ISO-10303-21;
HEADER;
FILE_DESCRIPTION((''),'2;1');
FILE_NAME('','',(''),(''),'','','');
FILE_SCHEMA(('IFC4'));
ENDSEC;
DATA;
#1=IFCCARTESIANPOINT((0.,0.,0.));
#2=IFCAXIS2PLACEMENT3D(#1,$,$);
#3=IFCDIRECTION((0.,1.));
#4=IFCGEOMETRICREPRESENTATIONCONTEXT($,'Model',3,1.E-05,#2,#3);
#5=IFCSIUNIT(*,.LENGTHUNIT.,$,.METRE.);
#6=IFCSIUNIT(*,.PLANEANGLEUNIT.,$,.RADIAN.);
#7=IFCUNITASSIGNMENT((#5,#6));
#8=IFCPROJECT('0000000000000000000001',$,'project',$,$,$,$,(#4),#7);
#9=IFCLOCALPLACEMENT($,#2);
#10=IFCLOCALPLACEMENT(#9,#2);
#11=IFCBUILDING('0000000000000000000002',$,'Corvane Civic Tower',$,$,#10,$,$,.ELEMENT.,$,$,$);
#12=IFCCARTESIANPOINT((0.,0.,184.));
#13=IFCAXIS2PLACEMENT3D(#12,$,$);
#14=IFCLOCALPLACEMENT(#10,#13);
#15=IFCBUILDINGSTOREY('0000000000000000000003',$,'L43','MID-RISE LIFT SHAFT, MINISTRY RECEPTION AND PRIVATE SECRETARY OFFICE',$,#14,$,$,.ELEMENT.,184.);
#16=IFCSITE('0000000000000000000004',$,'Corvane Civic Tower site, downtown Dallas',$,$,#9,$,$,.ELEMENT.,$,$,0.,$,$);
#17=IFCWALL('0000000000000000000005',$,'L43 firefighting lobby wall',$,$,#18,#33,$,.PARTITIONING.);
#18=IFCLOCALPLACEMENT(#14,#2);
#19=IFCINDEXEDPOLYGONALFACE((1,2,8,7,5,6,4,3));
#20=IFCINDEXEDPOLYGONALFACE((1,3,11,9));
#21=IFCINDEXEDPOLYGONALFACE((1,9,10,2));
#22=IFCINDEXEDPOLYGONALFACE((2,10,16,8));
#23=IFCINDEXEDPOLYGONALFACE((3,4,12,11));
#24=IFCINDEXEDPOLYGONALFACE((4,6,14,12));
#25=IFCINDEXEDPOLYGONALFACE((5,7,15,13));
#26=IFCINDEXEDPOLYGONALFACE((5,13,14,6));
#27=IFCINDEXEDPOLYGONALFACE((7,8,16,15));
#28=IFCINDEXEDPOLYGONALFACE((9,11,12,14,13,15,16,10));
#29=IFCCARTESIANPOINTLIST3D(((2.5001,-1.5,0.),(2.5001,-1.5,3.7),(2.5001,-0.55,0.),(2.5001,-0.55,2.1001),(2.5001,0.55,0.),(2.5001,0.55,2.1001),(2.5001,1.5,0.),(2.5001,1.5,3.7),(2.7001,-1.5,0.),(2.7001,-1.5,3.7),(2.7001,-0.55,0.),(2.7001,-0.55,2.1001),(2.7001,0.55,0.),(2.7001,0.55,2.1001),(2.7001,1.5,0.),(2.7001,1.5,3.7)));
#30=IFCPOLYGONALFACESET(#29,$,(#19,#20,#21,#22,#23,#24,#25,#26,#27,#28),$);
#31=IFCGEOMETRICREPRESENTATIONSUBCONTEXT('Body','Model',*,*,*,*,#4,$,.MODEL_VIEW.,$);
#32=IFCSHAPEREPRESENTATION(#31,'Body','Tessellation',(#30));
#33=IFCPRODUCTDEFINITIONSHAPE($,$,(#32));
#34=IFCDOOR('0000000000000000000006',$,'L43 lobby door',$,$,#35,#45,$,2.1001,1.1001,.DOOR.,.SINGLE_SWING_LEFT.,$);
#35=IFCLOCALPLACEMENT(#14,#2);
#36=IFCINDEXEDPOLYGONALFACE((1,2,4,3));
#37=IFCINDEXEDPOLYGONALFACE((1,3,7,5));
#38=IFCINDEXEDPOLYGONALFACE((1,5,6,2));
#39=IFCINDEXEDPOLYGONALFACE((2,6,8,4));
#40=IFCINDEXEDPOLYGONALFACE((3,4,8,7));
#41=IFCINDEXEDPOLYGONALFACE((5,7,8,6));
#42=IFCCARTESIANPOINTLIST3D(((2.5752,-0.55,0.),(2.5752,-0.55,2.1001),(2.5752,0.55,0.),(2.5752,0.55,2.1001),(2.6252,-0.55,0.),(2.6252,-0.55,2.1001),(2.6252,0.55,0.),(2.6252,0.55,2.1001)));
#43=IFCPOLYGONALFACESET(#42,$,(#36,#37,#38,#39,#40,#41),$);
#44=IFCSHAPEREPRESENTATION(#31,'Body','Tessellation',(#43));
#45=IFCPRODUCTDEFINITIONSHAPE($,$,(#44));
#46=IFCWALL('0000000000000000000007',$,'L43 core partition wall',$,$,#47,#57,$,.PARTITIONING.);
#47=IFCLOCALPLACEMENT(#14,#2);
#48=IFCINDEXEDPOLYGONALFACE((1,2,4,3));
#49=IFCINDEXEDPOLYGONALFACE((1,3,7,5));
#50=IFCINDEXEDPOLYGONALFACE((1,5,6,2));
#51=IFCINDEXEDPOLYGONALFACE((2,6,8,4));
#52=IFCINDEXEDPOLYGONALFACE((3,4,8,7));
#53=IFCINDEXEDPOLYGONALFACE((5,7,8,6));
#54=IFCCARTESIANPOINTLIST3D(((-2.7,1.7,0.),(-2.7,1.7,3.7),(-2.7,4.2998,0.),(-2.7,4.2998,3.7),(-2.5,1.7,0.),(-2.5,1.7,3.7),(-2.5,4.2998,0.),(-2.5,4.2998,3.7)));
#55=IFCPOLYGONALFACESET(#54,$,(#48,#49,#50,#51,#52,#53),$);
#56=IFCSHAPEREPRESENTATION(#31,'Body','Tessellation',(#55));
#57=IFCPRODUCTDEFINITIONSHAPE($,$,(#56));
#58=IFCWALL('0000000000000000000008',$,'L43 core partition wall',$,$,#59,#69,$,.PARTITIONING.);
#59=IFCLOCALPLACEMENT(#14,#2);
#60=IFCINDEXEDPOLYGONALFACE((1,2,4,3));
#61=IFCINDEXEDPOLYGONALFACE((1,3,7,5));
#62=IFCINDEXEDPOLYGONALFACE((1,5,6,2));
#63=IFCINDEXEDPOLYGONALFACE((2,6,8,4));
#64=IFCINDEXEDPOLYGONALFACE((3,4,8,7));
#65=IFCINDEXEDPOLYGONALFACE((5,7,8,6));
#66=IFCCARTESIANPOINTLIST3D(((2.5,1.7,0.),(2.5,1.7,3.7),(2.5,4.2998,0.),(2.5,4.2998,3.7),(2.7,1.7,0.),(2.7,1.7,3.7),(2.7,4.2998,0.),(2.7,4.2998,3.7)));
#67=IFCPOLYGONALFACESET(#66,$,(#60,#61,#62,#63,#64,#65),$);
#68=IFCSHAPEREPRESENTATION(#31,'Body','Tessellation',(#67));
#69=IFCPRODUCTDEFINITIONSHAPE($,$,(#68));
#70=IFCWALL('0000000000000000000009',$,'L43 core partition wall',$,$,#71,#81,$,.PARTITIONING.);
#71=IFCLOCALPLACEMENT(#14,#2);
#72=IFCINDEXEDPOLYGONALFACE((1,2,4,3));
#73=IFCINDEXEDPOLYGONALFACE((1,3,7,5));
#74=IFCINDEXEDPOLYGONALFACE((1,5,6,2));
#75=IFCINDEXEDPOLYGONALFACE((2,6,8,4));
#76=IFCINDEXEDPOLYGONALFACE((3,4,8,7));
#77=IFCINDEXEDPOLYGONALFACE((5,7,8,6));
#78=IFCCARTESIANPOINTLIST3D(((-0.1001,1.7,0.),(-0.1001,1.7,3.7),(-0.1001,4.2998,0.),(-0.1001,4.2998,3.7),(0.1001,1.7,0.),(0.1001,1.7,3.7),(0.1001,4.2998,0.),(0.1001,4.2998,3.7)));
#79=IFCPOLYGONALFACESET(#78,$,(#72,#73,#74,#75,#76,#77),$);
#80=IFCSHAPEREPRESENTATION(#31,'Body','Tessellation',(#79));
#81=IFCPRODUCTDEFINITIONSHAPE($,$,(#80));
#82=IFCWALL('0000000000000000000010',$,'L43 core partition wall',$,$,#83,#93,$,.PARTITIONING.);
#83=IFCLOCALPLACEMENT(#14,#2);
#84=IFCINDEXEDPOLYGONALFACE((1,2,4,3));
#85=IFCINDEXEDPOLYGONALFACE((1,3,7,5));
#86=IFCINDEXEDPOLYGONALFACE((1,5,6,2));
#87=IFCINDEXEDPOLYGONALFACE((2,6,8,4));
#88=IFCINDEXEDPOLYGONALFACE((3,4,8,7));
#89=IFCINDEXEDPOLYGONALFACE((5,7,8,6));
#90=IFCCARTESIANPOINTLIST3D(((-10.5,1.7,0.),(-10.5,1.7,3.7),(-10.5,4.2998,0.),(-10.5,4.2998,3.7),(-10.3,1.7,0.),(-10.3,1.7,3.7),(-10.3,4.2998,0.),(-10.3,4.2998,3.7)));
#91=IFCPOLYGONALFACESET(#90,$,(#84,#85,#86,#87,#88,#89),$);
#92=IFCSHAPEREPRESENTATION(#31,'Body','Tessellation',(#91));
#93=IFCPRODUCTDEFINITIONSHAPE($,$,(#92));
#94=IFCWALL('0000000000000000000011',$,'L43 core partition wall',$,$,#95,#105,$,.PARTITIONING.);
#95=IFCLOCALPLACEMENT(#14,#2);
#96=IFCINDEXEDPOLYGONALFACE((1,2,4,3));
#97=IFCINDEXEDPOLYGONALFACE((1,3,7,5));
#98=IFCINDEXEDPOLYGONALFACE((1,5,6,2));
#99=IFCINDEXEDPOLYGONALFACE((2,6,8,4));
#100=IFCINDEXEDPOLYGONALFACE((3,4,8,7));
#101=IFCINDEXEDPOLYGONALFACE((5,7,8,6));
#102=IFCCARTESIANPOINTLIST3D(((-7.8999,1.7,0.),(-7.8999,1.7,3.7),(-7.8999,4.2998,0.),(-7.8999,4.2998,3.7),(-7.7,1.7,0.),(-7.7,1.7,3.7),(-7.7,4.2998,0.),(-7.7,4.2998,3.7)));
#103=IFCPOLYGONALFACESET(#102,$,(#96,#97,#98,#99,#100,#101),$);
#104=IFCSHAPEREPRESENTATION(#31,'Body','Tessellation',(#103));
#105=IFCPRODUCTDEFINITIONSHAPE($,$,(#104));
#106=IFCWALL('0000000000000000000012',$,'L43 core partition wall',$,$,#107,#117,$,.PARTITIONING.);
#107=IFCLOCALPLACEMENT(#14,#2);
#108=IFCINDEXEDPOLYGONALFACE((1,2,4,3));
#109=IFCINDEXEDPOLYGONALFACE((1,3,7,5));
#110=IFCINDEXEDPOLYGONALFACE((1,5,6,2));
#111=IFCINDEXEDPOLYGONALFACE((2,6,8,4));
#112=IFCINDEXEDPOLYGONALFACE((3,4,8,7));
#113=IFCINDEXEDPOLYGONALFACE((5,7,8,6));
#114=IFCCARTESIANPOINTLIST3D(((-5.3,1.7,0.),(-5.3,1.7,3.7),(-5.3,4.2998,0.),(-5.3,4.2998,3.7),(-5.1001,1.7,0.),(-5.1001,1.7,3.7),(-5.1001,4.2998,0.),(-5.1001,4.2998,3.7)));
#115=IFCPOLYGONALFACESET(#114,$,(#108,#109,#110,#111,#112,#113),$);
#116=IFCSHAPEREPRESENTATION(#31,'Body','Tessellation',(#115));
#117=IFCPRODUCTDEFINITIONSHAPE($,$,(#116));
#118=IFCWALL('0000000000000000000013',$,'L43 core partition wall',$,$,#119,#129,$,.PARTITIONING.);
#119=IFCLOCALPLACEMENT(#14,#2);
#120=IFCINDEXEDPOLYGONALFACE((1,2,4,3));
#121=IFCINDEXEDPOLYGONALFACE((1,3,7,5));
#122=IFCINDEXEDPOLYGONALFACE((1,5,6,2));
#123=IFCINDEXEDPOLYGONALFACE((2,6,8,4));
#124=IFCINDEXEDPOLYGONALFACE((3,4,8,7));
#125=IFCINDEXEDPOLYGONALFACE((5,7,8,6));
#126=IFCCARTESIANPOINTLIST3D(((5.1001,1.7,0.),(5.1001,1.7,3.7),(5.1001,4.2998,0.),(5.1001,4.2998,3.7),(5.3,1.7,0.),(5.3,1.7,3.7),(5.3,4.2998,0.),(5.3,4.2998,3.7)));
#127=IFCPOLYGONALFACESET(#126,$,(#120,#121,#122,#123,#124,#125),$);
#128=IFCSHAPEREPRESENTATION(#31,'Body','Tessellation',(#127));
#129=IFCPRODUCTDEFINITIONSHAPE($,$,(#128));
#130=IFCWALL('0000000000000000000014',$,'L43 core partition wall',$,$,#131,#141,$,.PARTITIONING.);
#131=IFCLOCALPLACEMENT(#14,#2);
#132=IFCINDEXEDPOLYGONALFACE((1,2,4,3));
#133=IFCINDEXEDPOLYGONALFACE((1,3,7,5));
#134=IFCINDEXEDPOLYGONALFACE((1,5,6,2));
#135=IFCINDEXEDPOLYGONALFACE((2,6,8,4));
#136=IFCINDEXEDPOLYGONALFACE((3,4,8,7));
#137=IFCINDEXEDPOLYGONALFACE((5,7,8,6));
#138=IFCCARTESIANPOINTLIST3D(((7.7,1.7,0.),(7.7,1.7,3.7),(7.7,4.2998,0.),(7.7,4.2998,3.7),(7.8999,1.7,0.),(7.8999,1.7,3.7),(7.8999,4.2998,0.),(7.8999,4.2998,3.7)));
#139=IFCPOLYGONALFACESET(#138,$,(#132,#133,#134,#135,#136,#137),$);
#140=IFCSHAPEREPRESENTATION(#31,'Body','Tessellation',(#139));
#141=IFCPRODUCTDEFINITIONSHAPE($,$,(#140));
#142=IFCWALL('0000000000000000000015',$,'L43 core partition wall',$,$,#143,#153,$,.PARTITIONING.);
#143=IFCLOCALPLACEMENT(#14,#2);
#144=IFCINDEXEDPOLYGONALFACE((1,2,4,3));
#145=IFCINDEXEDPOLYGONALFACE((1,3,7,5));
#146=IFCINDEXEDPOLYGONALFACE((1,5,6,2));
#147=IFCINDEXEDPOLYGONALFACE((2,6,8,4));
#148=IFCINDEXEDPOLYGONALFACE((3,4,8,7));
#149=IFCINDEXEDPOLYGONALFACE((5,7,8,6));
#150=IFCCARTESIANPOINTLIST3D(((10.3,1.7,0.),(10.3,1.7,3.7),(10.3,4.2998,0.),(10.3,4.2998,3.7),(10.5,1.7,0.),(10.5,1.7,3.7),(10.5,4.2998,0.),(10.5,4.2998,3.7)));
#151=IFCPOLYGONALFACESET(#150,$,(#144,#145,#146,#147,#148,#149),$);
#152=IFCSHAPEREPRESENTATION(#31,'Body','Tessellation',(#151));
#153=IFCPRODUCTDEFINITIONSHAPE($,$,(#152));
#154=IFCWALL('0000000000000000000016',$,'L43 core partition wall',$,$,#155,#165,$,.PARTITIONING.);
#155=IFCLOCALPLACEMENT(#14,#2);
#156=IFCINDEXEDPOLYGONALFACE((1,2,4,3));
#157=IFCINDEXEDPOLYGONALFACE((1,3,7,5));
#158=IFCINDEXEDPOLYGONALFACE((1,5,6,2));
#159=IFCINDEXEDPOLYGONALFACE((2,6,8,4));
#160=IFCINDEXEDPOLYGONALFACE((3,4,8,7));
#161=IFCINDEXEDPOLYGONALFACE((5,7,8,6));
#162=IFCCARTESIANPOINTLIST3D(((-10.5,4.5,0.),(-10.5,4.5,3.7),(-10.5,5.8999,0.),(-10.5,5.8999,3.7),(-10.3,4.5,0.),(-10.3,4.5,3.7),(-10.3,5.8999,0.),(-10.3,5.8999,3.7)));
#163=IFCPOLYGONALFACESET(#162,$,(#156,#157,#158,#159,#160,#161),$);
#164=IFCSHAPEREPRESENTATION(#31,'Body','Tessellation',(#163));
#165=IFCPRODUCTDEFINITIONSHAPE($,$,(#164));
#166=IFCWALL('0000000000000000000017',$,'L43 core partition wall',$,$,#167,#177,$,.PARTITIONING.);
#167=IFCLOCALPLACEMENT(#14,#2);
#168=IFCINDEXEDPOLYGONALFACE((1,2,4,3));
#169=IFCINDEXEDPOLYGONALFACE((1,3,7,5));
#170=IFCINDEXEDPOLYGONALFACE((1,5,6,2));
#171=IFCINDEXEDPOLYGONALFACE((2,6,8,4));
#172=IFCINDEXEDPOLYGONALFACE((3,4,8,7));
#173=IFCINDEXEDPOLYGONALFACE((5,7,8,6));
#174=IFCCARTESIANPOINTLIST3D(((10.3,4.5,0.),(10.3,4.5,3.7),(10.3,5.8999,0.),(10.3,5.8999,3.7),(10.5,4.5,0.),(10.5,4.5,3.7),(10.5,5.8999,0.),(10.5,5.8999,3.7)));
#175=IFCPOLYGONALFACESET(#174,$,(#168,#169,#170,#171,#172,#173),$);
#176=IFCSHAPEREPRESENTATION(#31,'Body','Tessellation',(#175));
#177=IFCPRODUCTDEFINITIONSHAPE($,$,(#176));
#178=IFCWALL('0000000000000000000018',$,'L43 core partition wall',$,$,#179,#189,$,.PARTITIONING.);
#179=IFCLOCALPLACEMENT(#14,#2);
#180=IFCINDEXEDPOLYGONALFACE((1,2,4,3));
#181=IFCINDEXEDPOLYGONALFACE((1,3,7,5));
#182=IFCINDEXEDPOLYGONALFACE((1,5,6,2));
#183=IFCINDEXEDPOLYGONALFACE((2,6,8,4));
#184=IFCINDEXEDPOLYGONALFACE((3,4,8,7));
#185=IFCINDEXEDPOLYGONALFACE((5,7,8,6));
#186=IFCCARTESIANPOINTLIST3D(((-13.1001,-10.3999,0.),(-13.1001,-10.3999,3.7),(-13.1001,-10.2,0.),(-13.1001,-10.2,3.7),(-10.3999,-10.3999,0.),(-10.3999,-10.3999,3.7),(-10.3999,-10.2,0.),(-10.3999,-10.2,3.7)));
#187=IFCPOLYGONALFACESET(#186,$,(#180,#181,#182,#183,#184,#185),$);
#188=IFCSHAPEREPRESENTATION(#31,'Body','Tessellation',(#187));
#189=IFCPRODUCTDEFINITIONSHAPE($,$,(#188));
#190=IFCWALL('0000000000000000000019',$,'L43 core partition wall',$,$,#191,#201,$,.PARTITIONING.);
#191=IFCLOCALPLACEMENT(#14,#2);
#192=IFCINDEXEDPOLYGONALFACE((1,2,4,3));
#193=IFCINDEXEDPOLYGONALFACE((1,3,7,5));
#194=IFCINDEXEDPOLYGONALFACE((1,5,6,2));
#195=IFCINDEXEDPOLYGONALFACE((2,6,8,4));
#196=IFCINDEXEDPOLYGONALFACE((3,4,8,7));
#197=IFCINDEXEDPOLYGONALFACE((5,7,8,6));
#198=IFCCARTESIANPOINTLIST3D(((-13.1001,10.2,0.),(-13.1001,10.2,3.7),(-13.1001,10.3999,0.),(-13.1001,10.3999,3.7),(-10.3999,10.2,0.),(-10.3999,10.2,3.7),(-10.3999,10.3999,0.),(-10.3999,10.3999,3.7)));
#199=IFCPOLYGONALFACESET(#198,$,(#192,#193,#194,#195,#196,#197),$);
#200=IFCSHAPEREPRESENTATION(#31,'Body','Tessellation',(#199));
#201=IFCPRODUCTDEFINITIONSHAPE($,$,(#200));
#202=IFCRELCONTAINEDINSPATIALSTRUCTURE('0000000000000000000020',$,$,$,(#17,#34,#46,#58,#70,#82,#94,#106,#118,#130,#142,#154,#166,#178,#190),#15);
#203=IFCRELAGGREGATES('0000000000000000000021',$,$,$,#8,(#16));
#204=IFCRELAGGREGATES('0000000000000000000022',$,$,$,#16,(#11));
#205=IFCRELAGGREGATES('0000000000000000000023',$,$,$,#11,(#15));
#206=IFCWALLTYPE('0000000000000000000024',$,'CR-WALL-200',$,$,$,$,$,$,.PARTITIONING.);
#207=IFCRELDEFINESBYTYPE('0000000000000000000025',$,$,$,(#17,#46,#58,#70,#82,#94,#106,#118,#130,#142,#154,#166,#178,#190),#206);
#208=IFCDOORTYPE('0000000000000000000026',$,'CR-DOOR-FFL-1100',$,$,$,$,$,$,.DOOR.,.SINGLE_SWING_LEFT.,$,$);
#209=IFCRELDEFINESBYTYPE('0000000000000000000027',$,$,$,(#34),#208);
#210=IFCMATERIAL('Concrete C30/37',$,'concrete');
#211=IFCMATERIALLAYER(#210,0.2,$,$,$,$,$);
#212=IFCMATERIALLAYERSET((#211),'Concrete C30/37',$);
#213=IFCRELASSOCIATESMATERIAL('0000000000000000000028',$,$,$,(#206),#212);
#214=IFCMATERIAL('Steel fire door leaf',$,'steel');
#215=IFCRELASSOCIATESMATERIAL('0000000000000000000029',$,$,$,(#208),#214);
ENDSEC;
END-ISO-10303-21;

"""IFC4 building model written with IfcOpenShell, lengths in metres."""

from ifc_helpers import new_model, si_unit, direction, frame, frame_2d, origin, place, context, subcontext, project, spatial, polyline, rectangle, outline, extrude, material, layer, layer_set, type_object, element, fill, save


model = new_model("IFC4")

# Units and contexts
model_context = context("Model", 3, precision=1e-05, world=origin(), true_north=direction((0.0, 1.0)))
body_context = subcontext(model_context, "Body", "Model", "MODEL_VIEW")
ifc_project = project(units=[si_unit("LENGTHUNIT", "METRE"), si_unit("PLANEANGLEUNIT", "RADIAN")], contexts=[model_context])

# Site, building, storey
site_placement = place(None, origin())
site = spatial("IfcSite", under=ifc_project, at=site_placement, Name="Corvane Civic Tower site, downtown Dallas", CompositionType="ELEMENT", RefElevation=0.0)
building_placement = place(site_placement, origin())
building = spatial("IfcBuilding", under=site, at=building_placement, Name="Corvane Civic Tower", CompositionType="ELEMENT")
storey_placement = place(building_placement, frame((0.0, 0.0, 184.0)))
storey = spatial("IfcBuildingStorey", under=building, at=storey_placement, Name="L43", Description="MID-RISE LIFT SHAFT, MINISTRY RECEPTION AND PRIVATE SECRETARY OFFICE", CompositionType="ELEMENT", Elevation=184.0)

# Wall, opening, door
ifc_material_1 = material(Name="Concrete C30/37", Category="concrete")
ifc_layer = layer(ifc_material_1, 0.2)
ifc_layer_set = layer_set([ifc_layer], Name="Concrete C30/37")
wall_type = type_object("IfcWallType", Name="CR-WALL-200", PredefinedType="PARTITIONING", material=ifc_layer_set)
wall_1_placement = place(storey_placement, frame((2.6001, -1.5, 0.0), z_axis=(0.0, 0.0, 1.0), x_axis=(0.0, 1.0, 0.0)))
wall_1 = element("IfcWall", 1, at=wall_1_placement, inside=storey, type_object=wall_type, Name="L43 firefighting lobby wall", PredefinedType="PARTITIONING", context=body_context, shape_type="SweptSolid", body=[
    extrude(rectangle(XDim=3.0, YDim=0.2, at=frame_2d((1.5, 0.0))), origin(), (0.0, 0.0, 1.0), 3.7),
])
opening_placement = place(wall_1_placement, frame((0.95, 0.0, 0.0)))
opening = element("IfcOpeningElement", 2, at=opening_placement, cuts=wall_1, PredefinedType="OPENING", context=body_context, shape_type="SweptSolid", body=[
    extrude(rectangle(XDim=1.1001, YDim=2.1001, at=frame_2d((0.55, 1.05))), frame((0.0, 0.1099, 0.0), z_axis=(0.0, -1.0, 0.0), x_axis=(1.0, 0.0, 0.0)), (0.0, 0.0, 1.0), 0.22),
])
ifc_material_2 = material(Name="Steel fire door leaf", Category="steel")
door_type = type_object("IfcDoorType", Name="CR-DOOR-FFL-1100", OperationType="SINGLE_SWING_LEFT", PredefinedType="DOOR", material=ifc_material_2)
door_placement = place(opening_placement, origin())
door = element("IfcDoor", 3, at=door_placement, inside=storey, type_object=door_type, Name="L43 lobby door", OperationType="SINGLE_SWING_LEFT", OverallHeight=2.1001, OverallWidth=1.1001, PredefinedType="DOOR", context=body_context, shape_type="SweptSolid", body=[
    extrude(rectangle(XDim=1.1001, YDim=2.1001, at=frame_2d((0.55, 1.05))), frame((0.0, 0.0249, 0.0), z_axis=(0.0, -1.0, 0.0), x_axis=(1.0, 0.0, 0.0)), (0.0, 0.0, 1.0), 0.05),
])
fill(opening, door)

# Walls
wall_2_placement = place(storey_placement, origin())
element("IfcWall", 4, at=wall_2_placement, inside=storey, type_object=wall_type, Name="L43 core partition wall", PredefinedType="PARTITIONING", context=body_context, shape_type="SweptSolid", body=[
    extrude(outline(polyline([(-2.5, 1.7), (-2.7, 1.7), (-2.7, 4.2998), (-2.5, 4.2998), (-2.5, 1.7)])), origin(), (0.0, 0.0, 1.0), 3.7),
])
wall_3_placement = place(storey_placement, origin())
element("IfcWall", 5, at=wall_3_placement, inside=storey, type_object=wall_type, Name="L43 core partition wall", PredefinedType="PARTITIONING", context=body_context, shape_type="SweptSolid", body=[
    extrude(outline(polyline([(2.7, 1.7), (2.5, 1.7), (2.5, 4.2998), (2.7, 4.2998), (2.7, 1.7)])), origin(), (0.0, 0.0, 1.0), 3.7),
])
wall_4_placement = place(storey_placement, origin())
element("IfcWall", 6, at=wall_4_placement, inside=storey, type_object=wall_type, Name="L43 core partition wall", PredefinedType="PARTITIONING", context=body_context, shape_type="SweptSolid", body=[
    extrude(outline(polyline([(0.1001, 1.7), (-0.1001, 1.7), (-0.1001, 4.2998), (0.1001, 4.2998), (0.1001, 1.7)])), origin(), (0.0, 0.0, 1.0), 3.7),
])
wall_5_placement = place(storey_placement, origin())
element("IfcWall", 7, at=wall_5_placement, inside=storey, type_object=wall_type, Name="L43 core partition wall", PredefinedType="PARTITIONING", context=body_context, shape_type="SweptSolid", body=[
    extrude(outline(polyline([(-10.3, 1.7), (-10.5, 1.7), (-10.5, 4.2998), (-10.3, 4.2998), (-10.3, 1.7)])), origin(), (0.0, 0.0, 1.0), 3.7),
])
wall_6_placement = place(storey_placement, origin())
element("IfcWall", 8, at=wall_6_placement, inside=storey, type_object=wall_type, Name="L43 core partition wall", PredefinedType="PARTITIONING", context=body_context, shape_type="SweptSolid", body=[
    extrude(outline(polyline([(-7.7, 1.7), (-7.8999, 1.7), (-7.8999, 4.2998), (-7.7, 4.2998), (-7.7, 1.7)])), origin(), (0.0, 0.0, 1.0), 3.7),
])
wall_7_placement = place(storey_placement, origin())
element("IfcWall", 9, at=wall_7_placement, inside=storey, type_object=wall_type, Name="L43 core partition wall", PredefinedType="PARTITIONING", context=body_context, shape_type="SweptSolid", body=[
    extrude(outline(polyline([(-5.1001, 1.7), (-5.3, 1.7), (-5.3, 4.2998), (-5.1001, 4.2998), (-5.1001, 1.7)])), origin(), (0.0, 0.0, 1.0), 3.7),
])
wall_8_placement = place(storey_placement, origin())
element("IfcWall", 10, at=wall_8_placement, inside=storey, type_object=wall_type, Name="L43 core partition wall", PredefinedType="PARTITIONING", context=body_context, shape_type="SweptSolid", body=[
    extrude(outline(polyline([(5.3, 1.7), (5.1001, 1.7), (5.1001, 4.2998), (5.3, 4.2998), (5.3, 1.7)])), origin(), (0.0, 0.0, 1.0), 3.7),
])
wall_9_placement = place(storey_placement, origin())
element("IfcWall", 11, at=wall_9_placement, inside=storey, type_object=wall_type, Name="L43 core partition wall", PredefinedType="PARTITIONING", context=body_context, shape_type="SweptSolid", body=[
    extrude(outline(polyline([(7.8999, 1.7), (7.7, 1.7), (7.7, 4.2998), (7.8999, 4.2998), (7.8999, 1.7)])), origin(), (0.0, 0.0, 1.0), 3.7),
])
wall_10_placement = place(storey_placement, origin())
element("IfcWall", 12, at=wall_10_placement, inside=storey, type_object=wall_type, Name="L43 core partition wall", PredefinedType="PARTITIONING", context=body_context, shape_type="SweptSolid", body=[
    extrude(outline(polyline([(10.5, 1.7), (10.3, 1.7), (10.3, 4.2998), (10.5, 4.2998), (10.5, 1.7)])), origin(), (0.0, 0.0, 1.0), 3.7),
])
wall_11_placement = place(storey_placement, origin())
element("IfcWall", 13, at=wall_11_placement, inside=storey, type_object=wall_type, Name="L43 core partition wall", PredefinedType="PARTITIONING", context=body_context, shape_type="SweptSolid", body=[
    extrude(outline(polyline([(-10.3, 4.5), (-10.5, 4.5), (-10.5, 5.8999), (-10.3, 5.8999), (-10.3, 4.5)])), origin(), (0.0, 0.0, 1.0), 3.7),
])
wall_12_placement = place(storey_placement, origin())
element("IfcWall", 14, at=wall_12_placement, inside=storey, type_object=wall_type, Name="L43 core partition wall", PredefinedType="PARTITIONING", context=body_context, shape_type="SweptSolid", body=[
    extrude(outline(polyline([(10.5, 4.5), (10.3, 4.5), (10.3, 5.8999), (10.5, 5.8999), (10.5, 4.5)])), origin(), (0.0, 0.0, 1.0), 3.7),
])
wall_13_placement = place(storey_placement, origin())
element("IfcWall", 15, at=wall_13_placement, inside=storey, type_object=wall_type, Name="L43 core partition wall", PredefinedType="PARTITIONING", context=body_context, shape_type="SweptSolid", body=[
    extrude(outline(polyline([(-10.3999, -10.3999), (-13.1001, -10.3999), (-13.1001, -10.2), (-10.3999, -10.2), (-10.3999, -10.3999)])), origin(), (0.0, 0.0, 1.0), 3.7),
])
wall_14_placement = place(storey_placement, origin())
element("IfcWall", 16, at=wall_14_placement, inside=storey, type_object=wall_type, Name="L43 core partition wall", PredefinedType="PARTITIONING", context=body_context, shape_type="SweptSolid", body=[
    extrude(outline(polyline([(-13.1001, 10.2), (-13.1001, 10.3999), (-10.3999, 10.3999), (-10.3999, 10.2), (-13.1001, 10.2)])), origin(), (0.0, 0.0, 1.0), 3.7),
])

save(model, "model.ifc")
